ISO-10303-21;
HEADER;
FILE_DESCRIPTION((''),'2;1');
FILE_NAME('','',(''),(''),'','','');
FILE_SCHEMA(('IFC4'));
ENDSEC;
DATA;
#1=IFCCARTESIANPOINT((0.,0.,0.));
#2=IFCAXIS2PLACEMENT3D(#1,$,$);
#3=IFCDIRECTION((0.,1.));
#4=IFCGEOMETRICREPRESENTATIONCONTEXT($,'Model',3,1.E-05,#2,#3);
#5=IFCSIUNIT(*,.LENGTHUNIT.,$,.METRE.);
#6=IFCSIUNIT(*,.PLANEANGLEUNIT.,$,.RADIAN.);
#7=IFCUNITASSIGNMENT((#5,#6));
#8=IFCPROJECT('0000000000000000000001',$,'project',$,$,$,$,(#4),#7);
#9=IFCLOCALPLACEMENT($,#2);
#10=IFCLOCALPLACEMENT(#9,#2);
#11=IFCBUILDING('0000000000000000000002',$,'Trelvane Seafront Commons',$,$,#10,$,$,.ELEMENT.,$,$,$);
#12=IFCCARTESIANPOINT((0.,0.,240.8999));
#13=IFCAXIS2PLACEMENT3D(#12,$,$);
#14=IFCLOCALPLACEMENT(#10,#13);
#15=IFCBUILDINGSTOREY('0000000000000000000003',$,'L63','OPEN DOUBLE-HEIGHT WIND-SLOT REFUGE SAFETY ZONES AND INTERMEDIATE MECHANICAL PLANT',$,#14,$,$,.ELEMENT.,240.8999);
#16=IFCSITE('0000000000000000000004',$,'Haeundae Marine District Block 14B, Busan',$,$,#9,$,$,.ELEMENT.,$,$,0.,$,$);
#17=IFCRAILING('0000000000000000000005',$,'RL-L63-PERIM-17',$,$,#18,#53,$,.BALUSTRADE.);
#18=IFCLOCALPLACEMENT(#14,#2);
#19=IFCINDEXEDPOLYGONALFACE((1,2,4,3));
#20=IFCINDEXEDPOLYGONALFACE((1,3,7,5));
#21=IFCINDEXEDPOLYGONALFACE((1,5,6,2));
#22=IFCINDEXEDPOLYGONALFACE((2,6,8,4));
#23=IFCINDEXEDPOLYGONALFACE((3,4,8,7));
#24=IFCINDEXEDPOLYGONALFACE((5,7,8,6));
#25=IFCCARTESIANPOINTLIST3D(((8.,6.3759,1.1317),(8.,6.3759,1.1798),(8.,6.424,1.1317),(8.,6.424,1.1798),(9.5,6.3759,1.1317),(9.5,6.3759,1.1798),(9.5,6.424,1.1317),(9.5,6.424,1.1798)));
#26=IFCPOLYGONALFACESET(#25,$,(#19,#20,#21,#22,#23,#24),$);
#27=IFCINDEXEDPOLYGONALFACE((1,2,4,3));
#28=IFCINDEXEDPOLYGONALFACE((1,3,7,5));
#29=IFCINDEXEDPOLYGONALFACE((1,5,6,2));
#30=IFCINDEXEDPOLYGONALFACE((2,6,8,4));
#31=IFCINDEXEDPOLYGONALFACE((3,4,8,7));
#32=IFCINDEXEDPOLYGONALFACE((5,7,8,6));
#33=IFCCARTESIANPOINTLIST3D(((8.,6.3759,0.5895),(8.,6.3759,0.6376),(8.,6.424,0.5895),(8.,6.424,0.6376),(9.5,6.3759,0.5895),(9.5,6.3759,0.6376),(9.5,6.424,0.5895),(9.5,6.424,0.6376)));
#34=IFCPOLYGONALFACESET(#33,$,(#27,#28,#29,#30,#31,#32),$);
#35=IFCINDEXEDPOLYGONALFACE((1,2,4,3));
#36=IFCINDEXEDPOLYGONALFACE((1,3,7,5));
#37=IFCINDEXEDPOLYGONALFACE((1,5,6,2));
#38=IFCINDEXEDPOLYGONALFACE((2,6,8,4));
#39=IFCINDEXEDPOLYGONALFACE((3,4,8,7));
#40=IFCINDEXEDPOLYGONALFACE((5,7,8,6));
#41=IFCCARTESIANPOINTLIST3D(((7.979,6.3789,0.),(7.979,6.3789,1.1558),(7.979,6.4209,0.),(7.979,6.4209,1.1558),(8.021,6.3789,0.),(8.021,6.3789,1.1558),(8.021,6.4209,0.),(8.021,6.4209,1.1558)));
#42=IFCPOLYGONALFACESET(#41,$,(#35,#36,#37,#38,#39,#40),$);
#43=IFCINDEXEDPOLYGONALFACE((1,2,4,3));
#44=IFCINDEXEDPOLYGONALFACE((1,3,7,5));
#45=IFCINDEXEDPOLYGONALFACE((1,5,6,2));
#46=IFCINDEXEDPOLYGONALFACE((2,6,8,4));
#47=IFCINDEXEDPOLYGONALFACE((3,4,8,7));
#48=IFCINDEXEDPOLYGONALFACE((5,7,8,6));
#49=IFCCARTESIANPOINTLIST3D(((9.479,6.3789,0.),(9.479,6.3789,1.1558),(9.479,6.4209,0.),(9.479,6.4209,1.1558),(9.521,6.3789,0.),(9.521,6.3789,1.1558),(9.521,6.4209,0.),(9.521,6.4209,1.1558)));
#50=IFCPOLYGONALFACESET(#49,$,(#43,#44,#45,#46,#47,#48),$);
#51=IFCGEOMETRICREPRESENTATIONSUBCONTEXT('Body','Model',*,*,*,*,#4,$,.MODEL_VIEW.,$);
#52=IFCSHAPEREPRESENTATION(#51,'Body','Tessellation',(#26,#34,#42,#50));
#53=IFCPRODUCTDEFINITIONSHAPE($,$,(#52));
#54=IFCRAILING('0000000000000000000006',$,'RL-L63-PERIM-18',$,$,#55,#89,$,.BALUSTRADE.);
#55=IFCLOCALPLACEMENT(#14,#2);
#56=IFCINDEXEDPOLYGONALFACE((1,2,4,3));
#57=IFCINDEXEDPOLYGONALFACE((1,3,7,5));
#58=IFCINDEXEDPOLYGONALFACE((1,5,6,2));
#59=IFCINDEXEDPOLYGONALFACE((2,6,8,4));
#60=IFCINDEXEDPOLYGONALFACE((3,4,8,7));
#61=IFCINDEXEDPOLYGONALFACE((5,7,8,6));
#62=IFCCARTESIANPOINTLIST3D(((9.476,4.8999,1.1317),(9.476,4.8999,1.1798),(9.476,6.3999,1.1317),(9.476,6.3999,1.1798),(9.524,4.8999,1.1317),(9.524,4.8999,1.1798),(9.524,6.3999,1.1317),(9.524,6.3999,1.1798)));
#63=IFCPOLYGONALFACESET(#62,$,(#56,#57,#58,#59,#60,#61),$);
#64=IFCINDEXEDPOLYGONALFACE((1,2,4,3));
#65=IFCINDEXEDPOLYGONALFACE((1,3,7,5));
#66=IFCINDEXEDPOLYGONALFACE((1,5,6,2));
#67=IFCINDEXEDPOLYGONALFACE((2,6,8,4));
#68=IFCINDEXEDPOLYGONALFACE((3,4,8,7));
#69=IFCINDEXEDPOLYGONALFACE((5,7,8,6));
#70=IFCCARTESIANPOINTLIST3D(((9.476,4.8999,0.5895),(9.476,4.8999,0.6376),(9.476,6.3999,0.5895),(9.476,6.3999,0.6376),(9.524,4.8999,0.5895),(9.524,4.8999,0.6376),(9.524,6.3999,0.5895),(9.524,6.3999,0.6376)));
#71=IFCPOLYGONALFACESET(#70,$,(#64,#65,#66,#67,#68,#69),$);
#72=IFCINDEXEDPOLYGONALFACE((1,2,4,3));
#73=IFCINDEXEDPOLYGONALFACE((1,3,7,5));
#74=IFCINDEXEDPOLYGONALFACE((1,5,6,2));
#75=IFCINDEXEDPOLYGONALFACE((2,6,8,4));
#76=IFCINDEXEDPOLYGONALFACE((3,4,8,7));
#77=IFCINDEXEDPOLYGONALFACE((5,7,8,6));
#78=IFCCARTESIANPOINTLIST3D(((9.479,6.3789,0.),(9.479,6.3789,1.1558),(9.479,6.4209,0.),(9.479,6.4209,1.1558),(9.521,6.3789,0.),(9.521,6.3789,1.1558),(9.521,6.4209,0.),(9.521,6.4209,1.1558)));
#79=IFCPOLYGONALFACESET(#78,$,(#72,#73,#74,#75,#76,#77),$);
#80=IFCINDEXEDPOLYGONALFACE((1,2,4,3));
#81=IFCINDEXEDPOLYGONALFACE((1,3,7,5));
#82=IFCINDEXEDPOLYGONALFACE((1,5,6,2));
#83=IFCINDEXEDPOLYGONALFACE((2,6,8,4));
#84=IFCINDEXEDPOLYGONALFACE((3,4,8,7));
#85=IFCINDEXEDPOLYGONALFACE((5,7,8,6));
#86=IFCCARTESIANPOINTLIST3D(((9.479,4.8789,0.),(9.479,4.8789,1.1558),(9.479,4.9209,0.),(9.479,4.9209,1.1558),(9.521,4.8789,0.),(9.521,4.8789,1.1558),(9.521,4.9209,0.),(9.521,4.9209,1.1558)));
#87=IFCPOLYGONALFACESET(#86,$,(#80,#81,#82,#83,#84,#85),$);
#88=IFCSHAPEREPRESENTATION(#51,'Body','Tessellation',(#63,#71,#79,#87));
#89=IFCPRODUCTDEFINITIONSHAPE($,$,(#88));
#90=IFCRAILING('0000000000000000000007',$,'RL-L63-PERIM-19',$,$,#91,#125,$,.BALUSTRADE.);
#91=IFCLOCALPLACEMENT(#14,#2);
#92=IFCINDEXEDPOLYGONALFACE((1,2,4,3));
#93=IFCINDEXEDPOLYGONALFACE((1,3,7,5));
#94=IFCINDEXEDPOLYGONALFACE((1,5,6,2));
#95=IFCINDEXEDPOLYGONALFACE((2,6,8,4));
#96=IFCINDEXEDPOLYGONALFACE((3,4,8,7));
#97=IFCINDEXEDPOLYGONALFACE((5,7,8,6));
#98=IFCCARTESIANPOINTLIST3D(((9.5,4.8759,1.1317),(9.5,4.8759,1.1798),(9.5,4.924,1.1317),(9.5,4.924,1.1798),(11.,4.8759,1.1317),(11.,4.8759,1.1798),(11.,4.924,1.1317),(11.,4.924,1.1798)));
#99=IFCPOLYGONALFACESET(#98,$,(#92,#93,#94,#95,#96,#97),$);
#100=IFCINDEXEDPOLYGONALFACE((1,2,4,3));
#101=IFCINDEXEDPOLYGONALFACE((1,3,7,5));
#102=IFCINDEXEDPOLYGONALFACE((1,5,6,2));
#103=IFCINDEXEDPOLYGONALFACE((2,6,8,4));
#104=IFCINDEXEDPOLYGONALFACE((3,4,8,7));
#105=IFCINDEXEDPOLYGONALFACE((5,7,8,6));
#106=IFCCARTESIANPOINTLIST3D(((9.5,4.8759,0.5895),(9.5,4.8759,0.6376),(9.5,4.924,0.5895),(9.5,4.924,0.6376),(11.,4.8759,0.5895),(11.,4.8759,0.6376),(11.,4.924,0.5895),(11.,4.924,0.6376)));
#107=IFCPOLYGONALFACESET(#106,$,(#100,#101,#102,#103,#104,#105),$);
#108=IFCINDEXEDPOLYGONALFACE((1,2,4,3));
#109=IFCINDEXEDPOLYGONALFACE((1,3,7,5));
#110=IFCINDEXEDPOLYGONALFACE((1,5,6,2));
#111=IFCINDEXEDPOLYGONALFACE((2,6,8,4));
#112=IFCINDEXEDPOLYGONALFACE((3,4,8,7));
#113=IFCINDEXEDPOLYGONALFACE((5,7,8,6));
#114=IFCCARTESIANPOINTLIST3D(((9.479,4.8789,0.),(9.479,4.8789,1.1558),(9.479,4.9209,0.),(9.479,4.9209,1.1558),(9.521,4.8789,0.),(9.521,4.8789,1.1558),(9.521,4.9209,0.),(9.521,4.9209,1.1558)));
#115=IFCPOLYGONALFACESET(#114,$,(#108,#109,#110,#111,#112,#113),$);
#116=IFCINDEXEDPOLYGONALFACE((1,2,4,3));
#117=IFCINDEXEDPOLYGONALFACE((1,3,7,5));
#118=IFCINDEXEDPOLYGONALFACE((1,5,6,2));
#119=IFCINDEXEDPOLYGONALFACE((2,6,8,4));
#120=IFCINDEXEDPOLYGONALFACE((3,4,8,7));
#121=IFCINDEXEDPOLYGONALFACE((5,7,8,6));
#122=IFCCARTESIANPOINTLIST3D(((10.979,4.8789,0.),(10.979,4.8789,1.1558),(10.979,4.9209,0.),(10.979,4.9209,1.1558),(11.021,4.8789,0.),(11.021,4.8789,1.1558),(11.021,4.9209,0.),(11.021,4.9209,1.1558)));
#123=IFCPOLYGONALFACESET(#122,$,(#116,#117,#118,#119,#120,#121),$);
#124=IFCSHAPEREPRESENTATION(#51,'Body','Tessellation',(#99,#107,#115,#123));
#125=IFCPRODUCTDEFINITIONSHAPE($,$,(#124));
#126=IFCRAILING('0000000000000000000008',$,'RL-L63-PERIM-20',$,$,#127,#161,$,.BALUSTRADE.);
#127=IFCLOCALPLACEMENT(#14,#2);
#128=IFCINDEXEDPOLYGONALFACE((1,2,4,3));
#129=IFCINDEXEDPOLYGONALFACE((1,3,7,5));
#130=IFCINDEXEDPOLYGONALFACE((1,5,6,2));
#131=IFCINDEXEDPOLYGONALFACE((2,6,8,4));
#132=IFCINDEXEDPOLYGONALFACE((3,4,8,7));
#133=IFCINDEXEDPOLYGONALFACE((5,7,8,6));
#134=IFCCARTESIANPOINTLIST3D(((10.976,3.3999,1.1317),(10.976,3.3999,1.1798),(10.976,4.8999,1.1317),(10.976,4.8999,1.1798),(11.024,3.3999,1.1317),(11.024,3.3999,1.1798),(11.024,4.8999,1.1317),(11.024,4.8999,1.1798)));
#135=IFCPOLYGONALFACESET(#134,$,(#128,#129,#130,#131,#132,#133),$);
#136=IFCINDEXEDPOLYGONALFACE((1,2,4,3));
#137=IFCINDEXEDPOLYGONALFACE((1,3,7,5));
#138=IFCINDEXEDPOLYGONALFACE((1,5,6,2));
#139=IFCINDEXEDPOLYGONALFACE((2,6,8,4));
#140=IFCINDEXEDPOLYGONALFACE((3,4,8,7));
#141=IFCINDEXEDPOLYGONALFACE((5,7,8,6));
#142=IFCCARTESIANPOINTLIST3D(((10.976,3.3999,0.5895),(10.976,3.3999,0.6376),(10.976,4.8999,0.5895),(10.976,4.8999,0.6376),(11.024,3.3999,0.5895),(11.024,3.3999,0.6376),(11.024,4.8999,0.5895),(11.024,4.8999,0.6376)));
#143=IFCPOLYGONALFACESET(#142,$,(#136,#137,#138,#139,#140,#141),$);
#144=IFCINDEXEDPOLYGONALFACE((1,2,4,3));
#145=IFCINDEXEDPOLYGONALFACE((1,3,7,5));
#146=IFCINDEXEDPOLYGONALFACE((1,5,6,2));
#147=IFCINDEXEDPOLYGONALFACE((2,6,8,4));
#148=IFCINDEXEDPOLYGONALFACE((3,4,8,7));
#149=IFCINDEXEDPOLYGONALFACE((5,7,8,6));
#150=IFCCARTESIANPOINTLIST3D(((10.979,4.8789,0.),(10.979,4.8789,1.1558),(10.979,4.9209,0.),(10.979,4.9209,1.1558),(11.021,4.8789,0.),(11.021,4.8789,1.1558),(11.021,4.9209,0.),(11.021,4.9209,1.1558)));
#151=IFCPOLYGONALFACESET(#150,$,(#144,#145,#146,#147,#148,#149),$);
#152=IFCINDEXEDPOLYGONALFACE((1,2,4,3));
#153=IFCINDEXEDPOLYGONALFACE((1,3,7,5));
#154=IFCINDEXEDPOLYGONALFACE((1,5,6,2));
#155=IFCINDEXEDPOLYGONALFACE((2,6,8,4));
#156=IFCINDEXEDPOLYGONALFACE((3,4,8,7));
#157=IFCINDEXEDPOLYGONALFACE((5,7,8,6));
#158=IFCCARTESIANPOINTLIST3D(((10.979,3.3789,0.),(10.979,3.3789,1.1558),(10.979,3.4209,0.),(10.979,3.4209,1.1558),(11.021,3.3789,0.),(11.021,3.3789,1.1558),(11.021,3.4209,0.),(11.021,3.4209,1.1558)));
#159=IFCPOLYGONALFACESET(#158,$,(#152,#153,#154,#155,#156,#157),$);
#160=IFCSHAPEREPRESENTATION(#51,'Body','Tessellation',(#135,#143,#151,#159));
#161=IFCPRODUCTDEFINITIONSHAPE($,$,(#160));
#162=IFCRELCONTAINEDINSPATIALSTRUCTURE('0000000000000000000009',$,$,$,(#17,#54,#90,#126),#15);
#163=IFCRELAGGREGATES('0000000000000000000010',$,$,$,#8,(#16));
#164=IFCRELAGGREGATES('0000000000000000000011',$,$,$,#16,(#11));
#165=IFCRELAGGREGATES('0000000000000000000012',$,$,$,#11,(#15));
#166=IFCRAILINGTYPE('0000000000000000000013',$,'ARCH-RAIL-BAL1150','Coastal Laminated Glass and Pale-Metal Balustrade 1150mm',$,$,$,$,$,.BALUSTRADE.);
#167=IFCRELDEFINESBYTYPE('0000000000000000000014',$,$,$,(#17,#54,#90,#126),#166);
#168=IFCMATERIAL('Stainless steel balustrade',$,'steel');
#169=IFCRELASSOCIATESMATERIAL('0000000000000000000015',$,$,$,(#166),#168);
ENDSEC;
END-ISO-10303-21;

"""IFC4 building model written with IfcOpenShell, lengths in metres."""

from ifc_helpers import new_model, si_unit, direction, frame, origin, origin_2d, place, context, subcontext, project, spatial, rectangle, extrude, material, type_object, element, save


model = new_model("IFC4")

# Units and contexts
model_context = context("Model", 3, precision=1e-05, world=origin(), true_north=direction((0.0, 1.0)))
body_context = subcontext(model_context, "Body", "Model", "MODEL_VIEW")
ifc_project = project(units=[si_unit("LENGTHUNIT", "METRE"), si_unit("PLANEANGLEUNIT", "RADIAN")], contexts=[model_context])

# Site, building, storey
site_placement = place(None, origin())
site = spatial("IfcSite", under=ifc_project, at=site_placement, Name="Haeundae Marine District Block 14B, Busan", CompositionType="ELEMENT", RefElevation=0.0)
building_placement = place(site_placement, origin())
building = spatial("IfcBuilding", under=site, at=building_placement, Name="Trelvane Seafront Commons", CompositionType="ELEMENT")
storey_placement = place(building_placement, frame((0.0, 0.0, 240.8999)))
storey = spatial("IfcBuildingStorey", under=building, at=storey_placement, Name="L63", Description="OPEN DOUBLE-HEIGHT WIND-SLOT REFUGE SAFETY ZONES AND INTERMEDIATE MECHANICAL PLANT", CompositionType="ELEMENT", Elevation=240.8999)

# Railings
ifc_material_1 = material(Name="Stainless steel balustrade", Category="steel")
railing_type = type_object("IfcRailingType", Name="ARCH-RAIL-BAL1150", Description="Coastal Laminated Glass and Pale-Metal Balustrade 1150mm", PredefinedType="BALUSTRADE", material=ifc_material_1)
railing_1_placement = place(storey_placement, frame((8.0, 6.3999, 0.0)))
element("IfcRailing", 1, at=railing_1_placement, inside=storey, type_object=railing_type, Name="RL-L63-PERIM-17", PredefinedType="BALUSTRADE", context=body_context, shape_type="SweptSolid", body=[
    extrude(rectangle(XDim=0.0481, YDim=0.0481, at=origin_2d()), frame((0.0, 0.0, 1.1558), z_axis=(1.0, 0.0, 0.0), x_axis=(0.0, 1.0, 0.0)), (0.0, 0.0, 1.0), 1.5),
    extrude(rectangle(XDim=0.0481, YDim=0.0481, at=origin_2d()), frame((0.0, 0.0, 0.6135), z_axis=(1.0, 0.0, 0.0), x_axis=(0.0, 1.0, 0.0)), (0.0, 0.0, 1.0), 1.5),
    extrude(rectangle(XDim=0.042, YDim=0.042, at=origin_2d()), origin(), (0.0, 0.0, 1.0), 1.1558),
    extrude(rectangle(XDim=0.042, YDim=0.042, at=origin_2d()), frame((1.5, 0.0, 0.0)), (0.0, 0.0, 1.0), 1.1558),
])
railing_2_placement = place(storey_placement, frame((9.5, 6.3999, 0.0)))
element("IfcRailing", 2, at=railing_2_placement, inside=storey, type_object=railing_type, Name="RL-L63-PERIM-18", PredefinedType="BALUSTRADE", context=body_context, shape_type="SweptSolid", body=[
    extrude(rectangle(XDim=0.0481, YDim=0.0481, at=origin_2d()), frame((0.0, 0.0, 1.1558), z_axis=(0.0, -1.0, 0.0), x_axis=(1.0, 0.0, 0.0)), (0.0, 0.0, 1.0), 1.5),
    extrude(rectangle(XDim=0.0481, YDim=0.0481, at=origin_2d()), frame((0.0, 0.0, 0.6135), z_axis=(0.0, -1.0, 0.0), x_axis=(1.0, 0.0, 0.0)), (0.0, 0.0, 1.0), 1.5),
    extrude(rectangle(XDim=0.042, YDim=0.042, at=origin_2d()), origin(), (0.0, 0.0, 1.0), 1.1558),
    extrude(rectangle(XDim=0.042, YDim=0.042, at=origin_2d()), frame((0.0, -1.5, 0.0)), (0.0, 0.0, 1.0), 1.1558),
])
railing_3_placement = place(storey_placement, frame((9.5, 4.8999, 0.0)))
element("IfcRailing", 3, at=railing_3_placement, inside=storey, type_object=railing_type, Name="RL-L63-PERIM-19", PredefinedType="BALUSTRADE", context=body_context, shape_type="SweptSolid", body=[
    extrude(rectangle(XDim=0.0481, YDim=0.0481, at=origin_2d()), frame((0.0, 0.0, 1.1558), z_axis=(1.0, 0.0, 0.0), x_axis=(0.0, 1.0, 0.0)), (0.0, 0.0, 1.0), 1.5),
    extrude(rectangle(XDim=0.0481, YDim=0.0481, at=origin_2d()), frame((0.0, 0.0, 0.6135), z_axis=(1.0, 0.0, 0.0), x_axis=(0.0, 1.0, 0.0)), (0.0, 0.0, 1.0), 1.5),
    extrude(rectangle(XDim=0.042, YDim=0.042, at=origin_2d()), origin(), (0.0, 0.0, 1.0), 1.1558),
    extrude(rectangle(XDim=0.042, YDim=0.042, at=origin_2d()), frame((1.5, 0.0, 0.0)), (0.0, 0.0, 1.0), 1.1558),
])
railing_4_placement = place(storey_placement, frame((11.0, 4.8999, 0.0)))
element("IfcRailing", 4, at=railing_4_placement, inside=storey, type_object=railing_type, Name="RL-L63-PERIM-20", PredefinedType="BALUSTRADE", context=body_context, shape_type="SweptSolid", body=[
    extrude(rectangle(XDim=0.0481, YDim=0.0481, at=origin_2d()), frame((0.0, 0.0, 1.1558), z_axis=(0.0, -1.0, 0.0), x_axis=(1.0, 0.0, 0.0)), (0.0, 0.0, 1.0), 1.5),
    extrude(rectangle(XDim=0.0481, YDim=0.0481, at=origin_2d()), frame((0.0, 0.0, 0.6135), z_axis=(0.0, -1.0, 0.0), x_axis=(1.0, 0.0, 0.0)), (0.0, 0.0, 1.0), 1.5),
    extrude(rectangle(XDim=0.042, YDim=0.042, at=origin_2d()), origin(), (0.0, 0.0, 1.0), 1.1558),
    extrude(rectangle(XDim=0.042, YDim=0.042, at=origin_2d()), frame((0.0, -1.5, 0.0)), (0.0, 0.0, 1.0), 1.1558),
])

save(model, "model.ifc")
